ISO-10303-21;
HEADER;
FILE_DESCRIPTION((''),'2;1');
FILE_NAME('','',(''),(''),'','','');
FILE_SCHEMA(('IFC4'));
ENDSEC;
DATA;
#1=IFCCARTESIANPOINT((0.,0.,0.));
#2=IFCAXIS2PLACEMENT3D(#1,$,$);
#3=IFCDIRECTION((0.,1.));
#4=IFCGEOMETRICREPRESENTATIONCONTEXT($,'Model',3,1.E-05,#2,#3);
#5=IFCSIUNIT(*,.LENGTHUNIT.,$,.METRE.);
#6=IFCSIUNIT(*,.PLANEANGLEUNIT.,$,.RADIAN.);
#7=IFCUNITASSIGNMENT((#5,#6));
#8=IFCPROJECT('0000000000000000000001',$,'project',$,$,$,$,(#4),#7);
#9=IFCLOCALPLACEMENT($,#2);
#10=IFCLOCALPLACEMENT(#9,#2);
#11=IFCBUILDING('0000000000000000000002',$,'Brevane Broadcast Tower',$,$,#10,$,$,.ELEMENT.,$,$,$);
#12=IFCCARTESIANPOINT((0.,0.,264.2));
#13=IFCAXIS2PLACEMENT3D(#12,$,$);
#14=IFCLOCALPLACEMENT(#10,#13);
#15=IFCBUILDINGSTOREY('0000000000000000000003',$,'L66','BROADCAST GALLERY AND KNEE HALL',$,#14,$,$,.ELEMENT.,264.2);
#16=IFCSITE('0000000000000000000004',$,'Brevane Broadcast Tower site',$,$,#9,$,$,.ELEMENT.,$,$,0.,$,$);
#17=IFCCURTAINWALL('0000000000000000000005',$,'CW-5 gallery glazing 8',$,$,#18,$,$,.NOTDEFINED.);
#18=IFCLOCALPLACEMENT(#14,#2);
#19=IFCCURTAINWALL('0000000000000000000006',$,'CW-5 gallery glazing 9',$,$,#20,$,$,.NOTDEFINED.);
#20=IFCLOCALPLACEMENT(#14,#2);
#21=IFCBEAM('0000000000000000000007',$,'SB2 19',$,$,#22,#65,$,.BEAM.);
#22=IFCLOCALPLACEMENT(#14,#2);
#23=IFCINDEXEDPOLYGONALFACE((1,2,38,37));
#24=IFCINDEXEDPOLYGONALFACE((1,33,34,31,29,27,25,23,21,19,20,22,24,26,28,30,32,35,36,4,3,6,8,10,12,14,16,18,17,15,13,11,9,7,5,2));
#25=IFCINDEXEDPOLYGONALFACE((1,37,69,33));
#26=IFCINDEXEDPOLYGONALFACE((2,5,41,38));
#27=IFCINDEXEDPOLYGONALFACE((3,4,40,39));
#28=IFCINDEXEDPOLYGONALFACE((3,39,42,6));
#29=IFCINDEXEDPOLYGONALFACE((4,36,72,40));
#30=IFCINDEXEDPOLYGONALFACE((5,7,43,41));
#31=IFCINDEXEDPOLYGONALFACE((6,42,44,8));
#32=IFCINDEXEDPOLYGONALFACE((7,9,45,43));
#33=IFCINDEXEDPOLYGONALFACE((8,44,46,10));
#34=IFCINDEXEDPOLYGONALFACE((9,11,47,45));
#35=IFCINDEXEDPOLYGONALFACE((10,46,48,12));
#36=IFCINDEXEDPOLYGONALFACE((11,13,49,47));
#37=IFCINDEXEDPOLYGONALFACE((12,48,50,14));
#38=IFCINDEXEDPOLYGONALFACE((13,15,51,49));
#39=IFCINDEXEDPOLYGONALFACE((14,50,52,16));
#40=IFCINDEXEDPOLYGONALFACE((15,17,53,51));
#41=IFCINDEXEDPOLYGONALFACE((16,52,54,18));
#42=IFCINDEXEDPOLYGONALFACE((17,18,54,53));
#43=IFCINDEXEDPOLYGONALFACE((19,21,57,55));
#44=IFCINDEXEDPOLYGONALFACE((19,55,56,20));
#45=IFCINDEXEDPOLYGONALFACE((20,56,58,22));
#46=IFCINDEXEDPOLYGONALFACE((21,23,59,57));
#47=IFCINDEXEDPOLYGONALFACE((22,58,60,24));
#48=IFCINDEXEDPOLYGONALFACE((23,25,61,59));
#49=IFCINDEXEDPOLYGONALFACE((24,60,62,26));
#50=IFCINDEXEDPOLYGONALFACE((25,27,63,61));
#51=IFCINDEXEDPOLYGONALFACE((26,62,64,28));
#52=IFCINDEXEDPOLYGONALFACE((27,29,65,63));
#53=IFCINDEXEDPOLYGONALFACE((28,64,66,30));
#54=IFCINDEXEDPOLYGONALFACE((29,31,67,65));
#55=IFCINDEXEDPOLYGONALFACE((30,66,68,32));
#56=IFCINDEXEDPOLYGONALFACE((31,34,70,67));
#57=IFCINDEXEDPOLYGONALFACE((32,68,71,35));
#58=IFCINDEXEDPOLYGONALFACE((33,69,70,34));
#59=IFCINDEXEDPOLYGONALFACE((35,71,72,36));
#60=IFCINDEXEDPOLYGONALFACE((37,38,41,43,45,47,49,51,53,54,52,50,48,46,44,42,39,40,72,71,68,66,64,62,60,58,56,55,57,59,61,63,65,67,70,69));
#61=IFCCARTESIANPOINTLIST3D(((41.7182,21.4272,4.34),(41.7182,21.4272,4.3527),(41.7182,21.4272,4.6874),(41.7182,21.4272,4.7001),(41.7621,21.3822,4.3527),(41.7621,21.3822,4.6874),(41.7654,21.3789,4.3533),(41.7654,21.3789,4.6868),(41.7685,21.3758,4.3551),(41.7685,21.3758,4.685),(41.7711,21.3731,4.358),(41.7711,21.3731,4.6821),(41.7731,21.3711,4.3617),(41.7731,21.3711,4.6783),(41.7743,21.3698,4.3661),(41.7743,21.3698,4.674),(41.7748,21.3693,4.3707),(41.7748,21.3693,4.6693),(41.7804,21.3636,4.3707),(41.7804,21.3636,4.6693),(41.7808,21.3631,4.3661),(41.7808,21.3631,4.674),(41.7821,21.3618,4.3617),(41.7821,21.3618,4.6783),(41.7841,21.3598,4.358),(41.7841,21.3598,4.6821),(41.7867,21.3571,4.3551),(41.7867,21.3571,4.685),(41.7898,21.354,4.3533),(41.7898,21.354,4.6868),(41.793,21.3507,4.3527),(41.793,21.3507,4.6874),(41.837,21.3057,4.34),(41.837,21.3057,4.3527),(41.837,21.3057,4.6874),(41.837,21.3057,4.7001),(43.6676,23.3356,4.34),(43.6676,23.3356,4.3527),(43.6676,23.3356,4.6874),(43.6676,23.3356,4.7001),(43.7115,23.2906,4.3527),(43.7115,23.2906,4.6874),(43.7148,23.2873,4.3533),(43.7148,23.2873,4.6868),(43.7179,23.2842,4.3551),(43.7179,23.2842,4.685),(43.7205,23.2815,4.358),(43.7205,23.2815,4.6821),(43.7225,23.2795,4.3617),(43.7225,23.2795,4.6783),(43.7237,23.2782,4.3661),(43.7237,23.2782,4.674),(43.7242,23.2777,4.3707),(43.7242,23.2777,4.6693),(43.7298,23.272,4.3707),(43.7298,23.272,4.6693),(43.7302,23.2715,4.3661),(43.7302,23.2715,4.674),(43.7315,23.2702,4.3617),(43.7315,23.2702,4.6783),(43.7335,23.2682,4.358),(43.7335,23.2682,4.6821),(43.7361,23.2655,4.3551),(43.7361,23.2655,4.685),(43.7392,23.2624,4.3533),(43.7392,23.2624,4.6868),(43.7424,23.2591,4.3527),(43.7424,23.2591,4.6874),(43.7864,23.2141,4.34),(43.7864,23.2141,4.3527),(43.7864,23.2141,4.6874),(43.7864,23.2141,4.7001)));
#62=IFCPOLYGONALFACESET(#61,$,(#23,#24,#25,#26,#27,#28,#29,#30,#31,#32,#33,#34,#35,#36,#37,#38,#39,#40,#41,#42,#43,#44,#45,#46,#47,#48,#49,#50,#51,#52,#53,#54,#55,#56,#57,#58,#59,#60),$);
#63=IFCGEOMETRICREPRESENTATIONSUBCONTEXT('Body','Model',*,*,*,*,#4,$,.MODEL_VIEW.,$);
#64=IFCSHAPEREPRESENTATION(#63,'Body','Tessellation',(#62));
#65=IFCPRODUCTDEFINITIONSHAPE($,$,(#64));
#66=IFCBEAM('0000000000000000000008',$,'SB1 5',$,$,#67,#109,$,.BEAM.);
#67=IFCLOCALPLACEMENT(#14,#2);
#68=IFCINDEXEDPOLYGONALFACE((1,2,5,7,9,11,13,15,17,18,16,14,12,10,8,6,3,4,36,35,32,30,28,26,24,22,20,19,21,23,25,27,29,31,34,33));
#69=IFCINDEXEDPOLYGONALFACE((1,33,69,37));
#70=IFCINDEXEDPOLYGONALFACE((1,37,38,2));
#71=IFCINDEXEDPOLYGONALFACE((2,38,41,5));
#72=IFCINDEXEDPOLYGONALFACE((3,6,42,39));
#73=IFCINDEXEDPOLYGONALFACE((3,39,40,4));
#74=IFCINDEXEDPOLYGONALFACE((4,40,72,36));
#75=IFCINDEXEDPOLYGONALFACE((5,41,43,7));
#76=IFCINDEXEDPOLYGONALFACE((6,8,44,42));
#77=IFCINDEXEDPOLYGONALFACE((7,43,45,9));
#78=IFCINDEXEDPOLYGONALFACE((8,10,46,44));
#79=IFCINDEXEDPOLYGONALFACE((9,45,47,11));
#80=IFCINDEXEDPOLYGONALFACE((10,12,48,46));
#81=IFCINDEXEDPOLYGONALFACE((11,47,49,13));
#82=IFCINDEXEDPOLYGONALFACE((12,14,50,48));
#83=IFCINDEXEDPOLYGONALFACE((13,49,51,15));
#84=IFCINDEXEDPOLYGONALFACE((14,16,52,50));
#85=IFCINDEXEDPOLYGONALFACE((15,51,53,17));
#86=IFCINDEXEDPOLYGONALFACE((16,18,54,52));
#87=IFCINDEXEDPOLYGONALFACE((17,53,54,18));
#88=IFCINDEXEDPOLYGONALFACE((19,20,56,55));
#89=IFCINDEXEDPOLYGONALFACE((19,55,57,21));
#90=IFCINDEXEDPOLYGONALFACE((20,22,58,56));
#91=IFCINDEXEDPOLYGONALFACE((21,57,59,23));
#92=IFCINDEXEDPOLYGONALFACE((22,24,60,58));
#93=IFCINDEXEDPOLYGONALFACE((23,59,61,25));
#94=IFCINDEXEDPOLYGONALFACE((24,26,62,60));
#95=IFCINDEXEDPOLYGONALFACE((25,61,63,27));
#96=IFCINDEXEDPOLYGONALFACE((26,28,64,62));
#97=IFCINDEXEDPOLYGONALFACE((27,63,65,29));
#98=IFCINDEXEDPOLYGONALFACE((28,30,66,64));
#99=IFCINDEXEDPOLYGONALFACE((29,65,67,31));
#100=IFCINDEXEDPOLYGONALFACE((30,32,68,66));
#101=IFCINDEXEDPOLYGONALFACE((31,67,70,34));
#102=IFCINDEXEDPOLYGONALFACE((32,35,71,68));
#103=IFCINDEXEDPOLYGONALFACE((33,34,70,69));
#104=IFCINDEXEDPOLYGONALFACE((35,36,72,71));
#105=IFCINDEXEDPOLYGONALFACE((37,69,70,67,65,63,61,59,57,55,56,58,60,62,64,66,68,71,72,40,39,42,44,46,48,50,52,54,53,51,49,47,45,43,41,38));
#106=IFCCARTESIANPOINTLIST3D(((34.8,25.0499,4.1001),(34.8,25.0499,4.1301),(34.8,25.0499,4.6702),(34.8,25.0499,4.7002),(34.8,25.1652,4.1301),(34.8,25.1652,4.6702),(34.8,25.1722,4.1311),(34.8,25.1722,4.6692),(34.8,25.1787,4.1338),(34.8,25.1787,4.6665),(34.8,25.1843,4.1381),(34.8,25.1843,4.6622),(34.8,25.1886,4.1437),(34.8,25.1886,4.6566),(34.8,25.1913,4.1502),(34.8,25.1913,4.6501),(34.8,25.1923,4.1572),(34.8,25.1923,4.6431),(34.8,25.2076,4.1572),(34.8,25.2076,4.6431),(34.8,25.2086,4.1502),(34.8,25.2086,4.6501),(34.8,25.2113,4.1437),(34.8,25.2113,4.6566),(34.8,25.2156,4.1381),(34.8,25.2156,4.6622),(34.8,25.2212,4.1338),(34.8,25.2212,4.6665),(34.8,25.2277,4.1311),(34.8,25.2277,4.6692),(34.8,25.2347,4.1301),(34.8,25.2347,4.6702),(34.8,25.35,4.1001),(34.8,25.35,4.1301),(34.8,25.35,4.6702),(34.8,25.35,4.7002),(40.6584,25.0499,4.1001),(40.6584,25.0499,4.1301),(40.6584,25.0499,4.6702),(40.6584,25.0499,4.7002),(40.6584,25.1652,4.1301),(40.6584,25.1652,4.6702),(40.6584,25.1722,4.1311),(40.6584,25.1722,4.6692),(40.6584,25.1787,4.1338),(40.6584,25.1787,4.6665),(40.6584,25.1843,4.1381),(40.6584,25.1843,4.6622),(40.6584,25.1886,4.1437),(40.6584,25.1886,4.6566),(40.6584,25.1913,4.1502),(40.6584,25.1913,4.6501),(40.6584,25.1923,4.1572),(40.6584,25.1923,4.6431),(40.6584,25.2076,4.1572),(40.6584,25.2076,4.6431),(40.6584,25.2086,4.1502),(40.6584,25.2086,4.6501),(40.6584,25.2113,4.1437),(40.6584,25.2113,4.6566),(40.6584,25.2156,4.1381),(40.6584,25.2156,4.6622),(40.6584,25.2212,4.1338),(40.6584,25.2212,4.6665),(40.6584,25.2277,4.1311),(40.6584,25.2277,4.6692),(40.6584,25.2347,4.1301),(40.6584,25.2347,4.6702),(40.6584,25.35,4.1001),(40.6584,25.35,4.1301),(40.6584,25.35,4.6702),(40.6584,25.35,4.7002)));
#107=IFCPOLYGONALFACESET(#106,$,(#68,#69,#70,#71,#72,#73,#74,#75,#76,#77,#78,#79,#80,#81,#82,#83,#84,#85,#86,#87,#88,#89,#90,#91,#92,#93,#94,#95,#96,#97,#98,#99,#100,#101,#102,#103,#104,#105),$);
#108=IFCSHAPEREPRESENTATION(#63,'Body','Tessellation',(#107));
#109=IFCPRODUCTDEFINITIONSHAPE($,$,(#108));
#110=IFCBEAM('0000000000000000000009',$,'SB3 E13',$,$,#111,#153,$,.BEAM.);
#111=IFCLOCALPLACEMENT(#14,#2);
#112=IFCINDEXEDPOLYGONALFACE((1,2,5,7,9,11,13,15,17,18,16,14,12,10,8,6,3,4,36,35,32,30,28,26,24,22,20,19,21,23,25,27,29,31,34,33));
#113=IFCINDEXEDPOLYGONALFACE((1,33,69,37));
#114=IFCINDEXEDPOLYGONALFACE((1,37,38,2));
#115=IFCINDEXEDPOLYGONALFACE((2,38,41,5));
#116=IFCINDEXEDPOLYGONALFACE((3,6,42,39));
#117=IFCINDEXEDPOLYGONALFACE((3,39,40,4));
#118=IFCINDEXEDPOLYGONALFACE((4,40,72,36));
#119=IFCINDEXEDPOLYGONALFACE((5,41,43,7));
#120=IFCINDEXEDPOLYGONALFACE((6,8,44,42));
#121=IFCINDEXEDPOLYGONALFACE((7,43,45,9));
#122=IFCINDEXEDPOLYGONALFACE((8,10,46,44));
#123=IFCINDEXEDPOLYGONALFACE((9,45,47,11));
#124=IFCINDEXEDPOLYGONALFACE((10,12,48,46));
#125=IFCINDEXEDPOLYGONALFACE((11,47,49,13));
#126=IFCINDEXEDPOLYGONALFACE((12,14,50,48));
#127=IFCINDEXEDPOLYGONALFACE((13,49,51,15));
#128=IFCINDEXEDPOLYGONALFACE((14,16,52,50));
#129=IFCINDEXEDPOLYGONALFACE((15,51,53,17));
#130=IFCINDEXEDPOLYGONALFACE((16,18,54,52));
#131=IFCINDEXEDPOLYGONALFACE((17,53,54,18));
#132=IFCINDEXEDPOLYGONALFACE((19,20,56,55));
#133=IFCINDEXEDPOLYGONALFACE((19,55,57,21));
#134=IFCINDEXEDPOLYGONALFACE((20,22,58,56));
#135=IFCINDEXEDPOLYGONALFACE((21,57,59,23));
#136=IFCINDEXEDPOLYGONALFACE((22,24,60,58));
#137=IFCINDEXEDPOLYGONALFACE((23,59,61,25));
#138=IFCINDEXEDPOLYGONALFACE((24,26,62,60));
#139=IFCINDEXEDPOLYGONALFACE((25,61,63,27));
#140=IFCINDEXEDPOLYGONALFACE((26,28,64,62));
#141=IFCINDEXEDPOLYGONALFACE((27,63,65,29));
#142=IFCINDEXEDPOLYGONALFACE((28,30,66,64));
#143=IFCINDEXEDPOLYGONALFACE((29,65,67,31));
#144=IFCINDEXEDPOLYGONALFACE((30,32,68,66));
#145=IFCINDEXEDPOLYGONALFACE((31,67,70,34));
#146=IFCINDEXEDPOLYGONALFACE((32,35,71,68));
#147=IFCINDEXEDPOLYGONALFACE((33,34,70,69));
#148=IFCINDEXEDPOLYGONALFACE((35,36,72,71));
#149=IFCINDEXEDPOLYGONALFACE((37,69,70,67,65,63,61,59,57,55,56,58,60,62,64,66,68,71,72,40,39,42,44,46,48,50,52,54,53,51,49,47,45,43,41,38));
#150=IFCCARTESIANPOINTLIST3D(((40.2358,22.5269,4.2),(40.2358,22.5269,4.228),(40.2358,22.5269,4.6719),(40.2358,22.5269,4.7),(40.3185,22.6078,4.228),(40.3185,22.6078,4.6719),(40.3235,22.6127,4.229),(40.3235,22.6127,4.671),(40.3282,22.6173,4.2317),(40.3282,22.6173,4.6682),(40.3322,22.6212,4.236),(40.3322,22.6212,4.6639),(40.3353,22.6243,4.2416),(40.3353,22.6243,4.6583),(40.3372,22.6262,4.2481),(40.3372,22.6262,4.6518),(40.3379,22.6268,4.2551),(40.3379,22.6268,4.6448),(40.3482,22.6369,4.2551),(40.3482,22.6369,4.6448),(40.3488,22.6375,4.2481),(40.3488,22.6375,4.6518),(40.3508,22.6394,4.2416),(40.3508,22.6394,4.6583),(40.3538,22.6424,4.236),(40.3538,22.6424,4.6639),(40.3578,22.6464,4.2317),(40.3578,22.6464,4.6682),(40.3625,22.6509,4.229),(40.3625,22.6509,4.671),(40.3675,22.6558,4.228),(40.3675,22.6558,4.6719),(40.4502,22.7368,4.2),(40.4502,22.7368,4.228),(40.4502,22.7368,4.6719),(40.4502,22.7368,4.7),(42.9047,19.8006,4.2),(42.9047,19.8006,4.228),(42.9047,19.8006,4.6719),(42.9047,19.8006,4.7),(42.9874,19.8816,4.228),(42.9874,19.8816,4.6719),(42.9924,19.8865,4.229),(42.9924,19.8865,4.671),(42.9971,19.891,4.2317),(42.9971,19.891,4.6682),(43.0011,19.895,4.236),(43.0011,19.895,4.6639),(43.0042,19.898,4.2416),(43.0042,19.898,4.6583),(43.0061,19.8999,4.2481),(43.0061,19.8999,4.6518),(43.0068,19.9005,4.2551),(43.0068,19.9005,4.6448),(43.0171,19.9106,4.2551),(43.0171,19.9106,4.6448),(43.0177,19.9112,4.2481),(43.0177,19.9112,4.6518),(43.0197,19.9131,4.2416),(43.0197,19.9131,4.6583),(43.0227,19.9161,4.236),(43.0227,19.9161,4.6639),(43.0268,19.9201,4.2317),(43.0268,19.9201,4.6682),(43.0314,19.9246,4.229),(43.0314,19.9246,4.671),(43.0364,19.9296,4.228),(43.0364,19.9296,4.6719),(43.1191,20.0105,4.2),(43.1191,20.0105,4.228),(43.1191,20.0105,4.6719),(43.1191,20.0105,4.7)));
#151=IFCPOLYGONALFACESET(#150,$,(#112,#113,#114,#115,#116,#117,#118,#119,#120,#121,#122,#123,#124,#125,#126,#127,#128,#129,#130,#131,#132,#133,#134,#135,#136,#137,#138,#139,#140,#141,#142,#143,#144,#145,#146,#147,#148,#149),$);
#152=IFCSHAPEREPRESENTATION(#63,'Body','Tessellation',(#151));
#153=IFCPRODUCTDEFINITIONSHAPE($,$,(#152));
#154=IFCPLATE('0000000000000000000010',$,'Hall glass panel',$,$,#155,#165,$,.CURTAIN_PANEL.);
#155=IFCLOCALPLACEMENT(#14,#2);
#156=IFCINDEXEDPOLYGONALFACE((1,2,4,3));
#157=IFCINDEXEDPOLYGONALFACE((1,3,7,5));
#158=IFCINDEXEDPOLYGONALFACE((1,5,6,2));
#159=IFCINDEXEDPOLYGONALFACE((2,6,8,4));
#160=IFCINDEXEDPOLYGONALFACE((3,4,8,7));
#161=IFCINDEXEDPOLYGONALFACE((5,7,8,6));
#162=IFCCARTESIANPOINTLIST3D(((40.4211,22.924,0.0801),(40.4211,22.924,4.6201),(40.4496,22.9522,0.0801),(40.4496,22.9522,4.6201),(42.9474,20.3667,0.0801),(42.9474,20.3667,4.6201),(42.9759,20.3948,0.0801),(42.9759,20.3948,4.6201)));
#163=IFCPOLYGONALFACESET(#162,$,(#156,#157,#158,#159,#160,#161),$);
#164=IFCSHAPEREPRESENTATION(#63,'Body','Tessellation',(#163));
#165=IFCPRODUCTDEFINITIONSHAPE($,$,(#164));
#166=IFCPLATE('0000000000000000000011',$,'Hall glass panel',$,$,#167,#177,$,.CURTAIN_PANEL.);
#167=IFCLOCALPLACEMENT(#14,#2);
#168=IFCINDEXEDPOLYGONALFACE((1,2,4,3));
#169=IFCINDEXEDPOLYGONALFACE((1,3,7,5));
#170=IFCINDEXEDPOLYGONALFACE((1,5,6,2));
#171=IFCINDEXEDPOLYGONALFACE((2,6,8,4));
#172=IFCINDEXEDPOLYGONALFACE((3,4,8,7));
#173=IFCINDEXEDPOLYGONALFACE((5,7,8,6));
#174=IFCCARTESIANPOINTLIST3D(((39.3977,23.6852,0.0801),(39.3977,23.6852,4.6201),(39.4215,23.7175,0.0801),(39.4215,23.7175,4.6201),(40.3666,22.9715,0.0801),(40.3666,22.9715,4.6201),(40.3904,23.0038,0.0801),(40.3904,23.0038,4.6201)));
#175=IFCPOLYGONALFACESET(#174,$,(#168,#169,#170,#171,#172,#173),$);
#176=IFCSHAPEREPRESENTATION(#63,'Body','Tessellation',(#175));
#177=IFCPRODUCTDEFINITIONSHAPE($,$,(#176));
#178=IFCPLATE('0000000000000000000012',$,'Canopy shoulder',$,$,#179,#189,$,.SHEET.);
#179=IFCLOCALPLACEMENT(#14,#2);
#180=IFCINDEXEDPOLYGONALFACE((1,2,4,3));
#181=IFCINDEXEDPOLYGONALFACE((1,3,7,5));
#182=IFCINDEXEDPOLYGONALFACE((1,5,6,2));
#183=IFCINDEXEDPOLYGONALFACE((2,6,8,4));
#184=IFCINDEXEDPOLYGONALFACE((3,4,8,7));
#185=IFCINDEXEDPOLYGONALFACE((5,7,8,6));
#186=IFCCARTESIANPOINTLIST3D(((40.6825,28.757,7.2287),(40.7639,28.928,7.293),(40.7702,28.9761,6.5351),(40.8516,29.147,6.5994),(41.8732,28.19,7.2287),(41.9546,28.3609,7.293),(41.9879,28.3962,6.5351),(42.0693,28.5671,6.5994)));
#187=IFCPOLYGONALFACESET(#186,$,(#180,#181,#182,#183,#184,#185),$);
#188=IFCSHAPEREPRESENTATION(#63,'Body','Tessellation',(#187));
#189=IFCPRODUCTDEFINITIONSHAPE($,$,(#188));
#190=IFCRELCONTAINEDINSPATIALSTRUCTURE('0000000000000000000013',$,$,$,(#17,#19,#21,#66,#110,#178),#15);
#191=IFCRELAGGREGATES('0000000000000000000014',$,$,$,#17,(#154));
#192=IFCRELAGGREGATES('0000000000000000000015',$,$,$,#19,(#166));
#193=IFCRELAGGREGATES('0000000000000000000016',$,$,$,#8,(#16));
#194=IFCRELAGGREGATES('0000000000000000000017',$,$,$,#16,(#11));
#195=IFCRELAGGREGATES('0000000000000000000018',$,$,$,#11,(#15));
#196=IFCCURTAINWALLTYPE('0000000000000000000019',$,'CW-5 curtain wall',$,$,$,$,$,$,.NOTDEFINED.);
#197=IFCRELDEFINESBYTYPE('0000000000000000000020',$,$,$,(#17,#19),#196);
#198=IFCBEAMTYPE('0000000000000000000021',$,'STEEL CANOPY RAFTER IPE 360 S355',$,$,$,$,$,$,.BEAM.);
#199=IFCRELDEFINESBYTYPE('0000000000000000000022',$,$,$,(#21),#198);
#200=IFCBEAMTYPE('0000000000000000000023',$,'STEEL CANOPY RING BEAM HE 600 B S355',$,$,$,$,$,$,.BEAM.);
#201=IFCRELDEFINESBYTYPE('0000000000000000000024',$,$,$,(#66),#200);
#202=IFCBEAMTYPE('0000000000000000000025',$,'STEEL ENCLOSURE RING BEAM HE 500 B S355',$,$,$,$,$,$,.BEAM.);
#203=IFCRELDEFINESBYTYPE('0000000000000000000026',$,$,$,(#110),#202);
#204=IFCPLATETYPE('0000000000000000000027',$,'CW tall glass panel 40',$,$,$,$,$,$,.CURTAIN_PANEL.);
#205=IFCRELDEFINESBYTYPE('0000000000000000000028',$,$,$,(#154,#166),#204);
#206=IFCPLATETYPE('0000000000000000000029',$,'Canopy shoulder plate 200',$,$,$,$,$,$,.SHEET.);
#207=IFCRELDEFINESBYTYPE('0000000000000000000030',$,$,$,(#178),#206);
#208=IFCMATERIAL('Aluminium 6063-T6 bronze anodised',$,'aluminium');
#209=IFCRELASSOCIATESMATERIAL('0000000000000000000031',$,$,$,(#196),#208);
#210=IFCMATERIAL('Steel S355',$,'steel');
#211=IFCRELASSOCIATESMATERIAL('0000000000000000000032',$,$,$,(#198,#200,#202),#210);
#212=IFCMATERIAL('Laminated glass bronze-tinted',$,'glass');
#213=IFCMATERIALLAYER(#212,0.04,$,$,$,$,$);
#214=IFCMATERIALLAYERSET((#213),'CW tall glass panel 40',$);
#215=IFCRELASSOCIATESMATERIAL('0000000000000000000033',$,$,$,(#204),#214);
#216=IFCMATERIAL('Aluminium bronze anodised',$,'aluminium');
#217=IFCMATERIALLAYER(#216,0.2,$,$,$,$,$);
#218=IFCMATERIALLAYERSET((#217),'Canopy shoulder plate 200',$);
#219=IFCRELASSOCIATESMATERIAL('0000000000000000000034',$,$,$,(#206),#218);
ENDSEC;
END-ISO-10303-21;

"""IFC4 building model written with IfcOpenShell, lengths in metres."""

from ifc_helpers import new_model, si_unit, direction, frame, origin, origin_2d, place, context, subcontext, project, spatial, polyline, rectangle, i_section, outline, extrude, material, layer, layer_set, material_profile, profile_set, type_object, element, aggregate, save


model = new_model("IFC4")

# Units and contexts
model_context = context("Model", 3, precision=1e-05, world=origin(), true_north=direction((0.0, 1.0)))
body_context = subcontext(model_context, "Body", "Model", "MODEL_VIEW")
ifc_project = project(units=[si_unit("LENGTHUNIT", "METRE"), si_unit("PLANEANGLEUNIT", "RADIAN")], contexts=[model_context])

# Site, building, storey
site_placement = place(None, origin())
site = spatial("IfcSite", under=ifc_project, at=site_placement, Name="Brevane Broadcast Tower site", CompositionType="ELEMENT", RefElevation=0.0)
building_placement = place(site_placement, origin())
building = spatial("IfcBuilding", under=site, at=building_placement, Name="Brevane Broadcast Tower", CompositionType="ELEMENT")
storey_placement = place(building_placement, frame((0.0, 0.0, 264.2)))
storey = spatial("IfcBuildingStorey", under=building, at=storey_placement, Name="L66", Description="BROADCAST GALLERY AND KNEE HALL", CompositionType="ELEMENT", Elevation=264.2)

# Shared definitions
ifc_material_1 = material(Name="Steel S355", Category="steel")

# Curtain wall
ifc_material_2 = material(Name="Aluminium 6063-T6 bronze anodised", Category="aluminium")
curtain_wall_type = type_object("IfcCurtainWallType", Name="CW-5 curtain wall", PredefinedType="NOTDEFINED", material=ifc_material_2)
curtain_wall_1_placement = place(storey_placement, origin())
curtain_wall_1 = element("IfcCurtainWall", 1, at=curtain_wall_1_placement, inside=storey, type_object=curtain_wall_type, Name="CW-5 gallery glazing 8", PredefinedType="NOTDEFINED")

# Curtain wall
curtain_wall_2_placement = place(storey_placement, origin())
curtain_wall_2 = element("IfcCurtainWall", 2, at=curtain_wall_2_placement, inside=storey, type_object=curtain_wall_type, Name="CW-5 gallery glazing 9", PredefinedType="NOTDEFINED")

# Beams
ifc_material_profile_1 = material_profile(ifc_material_1, i_section(OverallWidth=0.1699, OverallDepth=0.3601, WebThickness=0.0081, FlangeThickness=0.0127, FilletRadius=0.0181, at=origin_2d()), Name="IPE 360")
ifc_profile_set_1 = profile_set([ifc_material_profile_1], Name="Steel S355")
beam_type_1 = type_object("IfcBeamType", Name="STEEL CANOPY RAFTER IPE 360 S355", PredefinedType="BEAM", material=ifc_profile_set_1)
beam_1_placement = place(storey_placement, frame((41.7776, 21.3665, 4.52), z_axis=(0.714584, 0.69955, 0.0), x_axis=(-0.69955, 0.714584, 0.0)))
element("IfcBeam", 3, at=beam_1_placement, inside=storey, type_object=beam_type_1, Name="SB2 19", PredefinedType="BEAM", context=body_context, shape_type="SweptSolid", body=[
    extrude(i_section(OverallWidth=0.1699, OverallDepth=0.3601, WebThickness=0.0081, FlangeThickness=0.0127, FilletRadius=0.0181, at=origin_2d()), origin(), (0.0, 0.0, 1.0), 2.728),
])
ifc_material_profile_2 = material_profile(ifc_material_1, i_section(OverallWidth=0.3, OverallDepth=0.6001, WebThickness=0.0154, FlangeThickness=0.03, FilletRadius=0.0271, at=origin_2d()), Name="HE 600 B")
ifc_profile_set_2 = profile_set([ifc_material_profile_2], Name="Steel S355")
beam_type_2 = type_object("IfcBeamType", Name="STEEL CANOPY RING BEAM HE 600 B S355", PredefinedType="BEAM", material=ifc_profile_set_2)
beam_2_placement = place(storey_placement, frame((40.6584, 25.2, 4.4001), z_axis=(-1.0, 0.0, 0.0), x_axis=(0.0, -1.0, 0.0)))
element("IfcBeam", 4, at=beam_2_placement, inside=storey, type_object=beam_type_2, Name="SB1 5", PredefinedType="BEAM", context=body_context, shape_type="SweptSolid", body=[
    extrude(i_section(OverallWidth=0.3, OverallDepth=0.6001, WebThickness=0.0154, FlangeThickness=0.03, FilletRadius=0.0271, at=origin_2d()), origin(), (0.0, 0.0, 1.0), 5.8584),
])
ifc_material_profile_3 = material_profile(ifc_material_1, i_section(OverallWidth=0.3, OverallDepth=0.5, WebThickness=0.0144, FlangeThickness=0.0281, FilletRadius=0.0271, at=origin_2d()), Name="HE 500 B")
ifc_profile_set_3 = profile_set([ifc_material_profile_3], Name="Steel S355")
beam_type_3 = type_object("IfcBeamType", Name="STEEL ENCLOSURE RING BEAM HE 500 B S355", PredefinedType="BEAM", material=ifc_profile_set_3)
beam_3_placement = place(storey_placement, frame((40.343, 22.6318, 4.45), z_axis=(0.699548, -0.714586, 0.0), x_axis=(0.714586, 0.699548, 0.0)))
element("IfcBeam", 5, at=beam_3_placement, inside=storey, type_object=beam_type_3, Name="SB3 E13", PredefinedType="BEAM", context=body_context, shape_type="SweptSolid", body=[
    extrude(i_section(OverallWidth=0.3, OverallDepth=0.5, WebThickness=0.0144, FlangeThickness=0.0281, FilletRadius=0.0271, at=origin_2d()), origin(), (0.0, 0.0, 1.0), 3.8152),
])

# Plates
ifc_material_3 = material(Name="Laminated glass bronze-tinted", Category="glass")
ifc_layer_1 = layer(ifc_material_3, 0.04)
ifc_layer_set_1 = layer_set([ifc_layer_1], Name="CW tall glass panel 40")
plate_type_1 = type_object("IfcPlateType", Name="CW tall glass panel 40", PredefinedType="CURTAIN_PANEL", material=ifc_layer_set_1)
plate_1_placement = place(storey_placement, frame((41.6985, 21.6594, 0.0801), z_axis=(0.0, 0.0, 1.0), x_axis=(-0.702769, 0.711418, 0.0)))
plate_1 = element("IfcPlate", 6, at=plate_1_placement, type_object=plate_type_1, Name="Hall glass panel", PredefinedType="CURTAIN_PANEL", context=body_context, shape_type="SweptSolid", body=[
    extrude(rectangle(XDim=3.5947, YDim=0.04, at=origin_2d()), origin(), (0.0, 0.0, 1.0), 4.54),
])
aggregate(curtain_wall_1, [plate_1])
plate_2_placement = place(storey_placement, frame((39.894, 23.3445, 0.0801), z_axis=(0.0, 0.0, 1.0), x_axis=(-0.80514, 0.593085, 0.0)))
plate_2 = element("IfcPlate", 7, at=plate_2_placement, type_object=plate_type_1, Name="Hall glass panel", PredefinedType="CURTAIN_PANEL", context=body_context, shape_type="SweptSolid", body=[
    extrude(rectangle(XDim=1.2034, YDim=0.04, at=origin_2d()), origin(), (0.0, 0.0, 1.0), 4.54),
])
aggregate(curtain_wall_2, [plate_2])

# Plate
ifc_material_4 = material(Name="Aluminium bronze anodised", Category="aluminium")
ifc_layer_2 = layer(ifc_material_4, 0.2)
ifc_layer_set_2 = layer_set([ifc_layer_2], Name="Canopy shoulder plate 200")
plate_type_2 = type_object("IfcPlateType", Name="Canopy shoulder plate 200", PredefinedType="SHEET", material=ifc_layer_set_2)
plate_3_placement = place(storey_placement, frame((42.0693, 28.5671, 6.5994), z_axis=(0.407135, 0.854914, 0.321502), x_axis=(-0.90285, 0.429955, 0.000021)))
element("IfcPlate", 8, at=plate_3_placement, inside=storey, type_object=plate_type_2, Name="Canopy shoulder", PredefinedType="SHEET", context=body_context, shape_type="SweptSolid", body=[
    extrude(outline(polyline([(0.0, 0.0), (1.3488, 0.0), (1.3338, 0.7325), (0.0149, 0.7325), (0.0, 0.0)])), origin(), (0.0, 0.0, -1.0), 0.2),
])

save(model, "model.ifc")
